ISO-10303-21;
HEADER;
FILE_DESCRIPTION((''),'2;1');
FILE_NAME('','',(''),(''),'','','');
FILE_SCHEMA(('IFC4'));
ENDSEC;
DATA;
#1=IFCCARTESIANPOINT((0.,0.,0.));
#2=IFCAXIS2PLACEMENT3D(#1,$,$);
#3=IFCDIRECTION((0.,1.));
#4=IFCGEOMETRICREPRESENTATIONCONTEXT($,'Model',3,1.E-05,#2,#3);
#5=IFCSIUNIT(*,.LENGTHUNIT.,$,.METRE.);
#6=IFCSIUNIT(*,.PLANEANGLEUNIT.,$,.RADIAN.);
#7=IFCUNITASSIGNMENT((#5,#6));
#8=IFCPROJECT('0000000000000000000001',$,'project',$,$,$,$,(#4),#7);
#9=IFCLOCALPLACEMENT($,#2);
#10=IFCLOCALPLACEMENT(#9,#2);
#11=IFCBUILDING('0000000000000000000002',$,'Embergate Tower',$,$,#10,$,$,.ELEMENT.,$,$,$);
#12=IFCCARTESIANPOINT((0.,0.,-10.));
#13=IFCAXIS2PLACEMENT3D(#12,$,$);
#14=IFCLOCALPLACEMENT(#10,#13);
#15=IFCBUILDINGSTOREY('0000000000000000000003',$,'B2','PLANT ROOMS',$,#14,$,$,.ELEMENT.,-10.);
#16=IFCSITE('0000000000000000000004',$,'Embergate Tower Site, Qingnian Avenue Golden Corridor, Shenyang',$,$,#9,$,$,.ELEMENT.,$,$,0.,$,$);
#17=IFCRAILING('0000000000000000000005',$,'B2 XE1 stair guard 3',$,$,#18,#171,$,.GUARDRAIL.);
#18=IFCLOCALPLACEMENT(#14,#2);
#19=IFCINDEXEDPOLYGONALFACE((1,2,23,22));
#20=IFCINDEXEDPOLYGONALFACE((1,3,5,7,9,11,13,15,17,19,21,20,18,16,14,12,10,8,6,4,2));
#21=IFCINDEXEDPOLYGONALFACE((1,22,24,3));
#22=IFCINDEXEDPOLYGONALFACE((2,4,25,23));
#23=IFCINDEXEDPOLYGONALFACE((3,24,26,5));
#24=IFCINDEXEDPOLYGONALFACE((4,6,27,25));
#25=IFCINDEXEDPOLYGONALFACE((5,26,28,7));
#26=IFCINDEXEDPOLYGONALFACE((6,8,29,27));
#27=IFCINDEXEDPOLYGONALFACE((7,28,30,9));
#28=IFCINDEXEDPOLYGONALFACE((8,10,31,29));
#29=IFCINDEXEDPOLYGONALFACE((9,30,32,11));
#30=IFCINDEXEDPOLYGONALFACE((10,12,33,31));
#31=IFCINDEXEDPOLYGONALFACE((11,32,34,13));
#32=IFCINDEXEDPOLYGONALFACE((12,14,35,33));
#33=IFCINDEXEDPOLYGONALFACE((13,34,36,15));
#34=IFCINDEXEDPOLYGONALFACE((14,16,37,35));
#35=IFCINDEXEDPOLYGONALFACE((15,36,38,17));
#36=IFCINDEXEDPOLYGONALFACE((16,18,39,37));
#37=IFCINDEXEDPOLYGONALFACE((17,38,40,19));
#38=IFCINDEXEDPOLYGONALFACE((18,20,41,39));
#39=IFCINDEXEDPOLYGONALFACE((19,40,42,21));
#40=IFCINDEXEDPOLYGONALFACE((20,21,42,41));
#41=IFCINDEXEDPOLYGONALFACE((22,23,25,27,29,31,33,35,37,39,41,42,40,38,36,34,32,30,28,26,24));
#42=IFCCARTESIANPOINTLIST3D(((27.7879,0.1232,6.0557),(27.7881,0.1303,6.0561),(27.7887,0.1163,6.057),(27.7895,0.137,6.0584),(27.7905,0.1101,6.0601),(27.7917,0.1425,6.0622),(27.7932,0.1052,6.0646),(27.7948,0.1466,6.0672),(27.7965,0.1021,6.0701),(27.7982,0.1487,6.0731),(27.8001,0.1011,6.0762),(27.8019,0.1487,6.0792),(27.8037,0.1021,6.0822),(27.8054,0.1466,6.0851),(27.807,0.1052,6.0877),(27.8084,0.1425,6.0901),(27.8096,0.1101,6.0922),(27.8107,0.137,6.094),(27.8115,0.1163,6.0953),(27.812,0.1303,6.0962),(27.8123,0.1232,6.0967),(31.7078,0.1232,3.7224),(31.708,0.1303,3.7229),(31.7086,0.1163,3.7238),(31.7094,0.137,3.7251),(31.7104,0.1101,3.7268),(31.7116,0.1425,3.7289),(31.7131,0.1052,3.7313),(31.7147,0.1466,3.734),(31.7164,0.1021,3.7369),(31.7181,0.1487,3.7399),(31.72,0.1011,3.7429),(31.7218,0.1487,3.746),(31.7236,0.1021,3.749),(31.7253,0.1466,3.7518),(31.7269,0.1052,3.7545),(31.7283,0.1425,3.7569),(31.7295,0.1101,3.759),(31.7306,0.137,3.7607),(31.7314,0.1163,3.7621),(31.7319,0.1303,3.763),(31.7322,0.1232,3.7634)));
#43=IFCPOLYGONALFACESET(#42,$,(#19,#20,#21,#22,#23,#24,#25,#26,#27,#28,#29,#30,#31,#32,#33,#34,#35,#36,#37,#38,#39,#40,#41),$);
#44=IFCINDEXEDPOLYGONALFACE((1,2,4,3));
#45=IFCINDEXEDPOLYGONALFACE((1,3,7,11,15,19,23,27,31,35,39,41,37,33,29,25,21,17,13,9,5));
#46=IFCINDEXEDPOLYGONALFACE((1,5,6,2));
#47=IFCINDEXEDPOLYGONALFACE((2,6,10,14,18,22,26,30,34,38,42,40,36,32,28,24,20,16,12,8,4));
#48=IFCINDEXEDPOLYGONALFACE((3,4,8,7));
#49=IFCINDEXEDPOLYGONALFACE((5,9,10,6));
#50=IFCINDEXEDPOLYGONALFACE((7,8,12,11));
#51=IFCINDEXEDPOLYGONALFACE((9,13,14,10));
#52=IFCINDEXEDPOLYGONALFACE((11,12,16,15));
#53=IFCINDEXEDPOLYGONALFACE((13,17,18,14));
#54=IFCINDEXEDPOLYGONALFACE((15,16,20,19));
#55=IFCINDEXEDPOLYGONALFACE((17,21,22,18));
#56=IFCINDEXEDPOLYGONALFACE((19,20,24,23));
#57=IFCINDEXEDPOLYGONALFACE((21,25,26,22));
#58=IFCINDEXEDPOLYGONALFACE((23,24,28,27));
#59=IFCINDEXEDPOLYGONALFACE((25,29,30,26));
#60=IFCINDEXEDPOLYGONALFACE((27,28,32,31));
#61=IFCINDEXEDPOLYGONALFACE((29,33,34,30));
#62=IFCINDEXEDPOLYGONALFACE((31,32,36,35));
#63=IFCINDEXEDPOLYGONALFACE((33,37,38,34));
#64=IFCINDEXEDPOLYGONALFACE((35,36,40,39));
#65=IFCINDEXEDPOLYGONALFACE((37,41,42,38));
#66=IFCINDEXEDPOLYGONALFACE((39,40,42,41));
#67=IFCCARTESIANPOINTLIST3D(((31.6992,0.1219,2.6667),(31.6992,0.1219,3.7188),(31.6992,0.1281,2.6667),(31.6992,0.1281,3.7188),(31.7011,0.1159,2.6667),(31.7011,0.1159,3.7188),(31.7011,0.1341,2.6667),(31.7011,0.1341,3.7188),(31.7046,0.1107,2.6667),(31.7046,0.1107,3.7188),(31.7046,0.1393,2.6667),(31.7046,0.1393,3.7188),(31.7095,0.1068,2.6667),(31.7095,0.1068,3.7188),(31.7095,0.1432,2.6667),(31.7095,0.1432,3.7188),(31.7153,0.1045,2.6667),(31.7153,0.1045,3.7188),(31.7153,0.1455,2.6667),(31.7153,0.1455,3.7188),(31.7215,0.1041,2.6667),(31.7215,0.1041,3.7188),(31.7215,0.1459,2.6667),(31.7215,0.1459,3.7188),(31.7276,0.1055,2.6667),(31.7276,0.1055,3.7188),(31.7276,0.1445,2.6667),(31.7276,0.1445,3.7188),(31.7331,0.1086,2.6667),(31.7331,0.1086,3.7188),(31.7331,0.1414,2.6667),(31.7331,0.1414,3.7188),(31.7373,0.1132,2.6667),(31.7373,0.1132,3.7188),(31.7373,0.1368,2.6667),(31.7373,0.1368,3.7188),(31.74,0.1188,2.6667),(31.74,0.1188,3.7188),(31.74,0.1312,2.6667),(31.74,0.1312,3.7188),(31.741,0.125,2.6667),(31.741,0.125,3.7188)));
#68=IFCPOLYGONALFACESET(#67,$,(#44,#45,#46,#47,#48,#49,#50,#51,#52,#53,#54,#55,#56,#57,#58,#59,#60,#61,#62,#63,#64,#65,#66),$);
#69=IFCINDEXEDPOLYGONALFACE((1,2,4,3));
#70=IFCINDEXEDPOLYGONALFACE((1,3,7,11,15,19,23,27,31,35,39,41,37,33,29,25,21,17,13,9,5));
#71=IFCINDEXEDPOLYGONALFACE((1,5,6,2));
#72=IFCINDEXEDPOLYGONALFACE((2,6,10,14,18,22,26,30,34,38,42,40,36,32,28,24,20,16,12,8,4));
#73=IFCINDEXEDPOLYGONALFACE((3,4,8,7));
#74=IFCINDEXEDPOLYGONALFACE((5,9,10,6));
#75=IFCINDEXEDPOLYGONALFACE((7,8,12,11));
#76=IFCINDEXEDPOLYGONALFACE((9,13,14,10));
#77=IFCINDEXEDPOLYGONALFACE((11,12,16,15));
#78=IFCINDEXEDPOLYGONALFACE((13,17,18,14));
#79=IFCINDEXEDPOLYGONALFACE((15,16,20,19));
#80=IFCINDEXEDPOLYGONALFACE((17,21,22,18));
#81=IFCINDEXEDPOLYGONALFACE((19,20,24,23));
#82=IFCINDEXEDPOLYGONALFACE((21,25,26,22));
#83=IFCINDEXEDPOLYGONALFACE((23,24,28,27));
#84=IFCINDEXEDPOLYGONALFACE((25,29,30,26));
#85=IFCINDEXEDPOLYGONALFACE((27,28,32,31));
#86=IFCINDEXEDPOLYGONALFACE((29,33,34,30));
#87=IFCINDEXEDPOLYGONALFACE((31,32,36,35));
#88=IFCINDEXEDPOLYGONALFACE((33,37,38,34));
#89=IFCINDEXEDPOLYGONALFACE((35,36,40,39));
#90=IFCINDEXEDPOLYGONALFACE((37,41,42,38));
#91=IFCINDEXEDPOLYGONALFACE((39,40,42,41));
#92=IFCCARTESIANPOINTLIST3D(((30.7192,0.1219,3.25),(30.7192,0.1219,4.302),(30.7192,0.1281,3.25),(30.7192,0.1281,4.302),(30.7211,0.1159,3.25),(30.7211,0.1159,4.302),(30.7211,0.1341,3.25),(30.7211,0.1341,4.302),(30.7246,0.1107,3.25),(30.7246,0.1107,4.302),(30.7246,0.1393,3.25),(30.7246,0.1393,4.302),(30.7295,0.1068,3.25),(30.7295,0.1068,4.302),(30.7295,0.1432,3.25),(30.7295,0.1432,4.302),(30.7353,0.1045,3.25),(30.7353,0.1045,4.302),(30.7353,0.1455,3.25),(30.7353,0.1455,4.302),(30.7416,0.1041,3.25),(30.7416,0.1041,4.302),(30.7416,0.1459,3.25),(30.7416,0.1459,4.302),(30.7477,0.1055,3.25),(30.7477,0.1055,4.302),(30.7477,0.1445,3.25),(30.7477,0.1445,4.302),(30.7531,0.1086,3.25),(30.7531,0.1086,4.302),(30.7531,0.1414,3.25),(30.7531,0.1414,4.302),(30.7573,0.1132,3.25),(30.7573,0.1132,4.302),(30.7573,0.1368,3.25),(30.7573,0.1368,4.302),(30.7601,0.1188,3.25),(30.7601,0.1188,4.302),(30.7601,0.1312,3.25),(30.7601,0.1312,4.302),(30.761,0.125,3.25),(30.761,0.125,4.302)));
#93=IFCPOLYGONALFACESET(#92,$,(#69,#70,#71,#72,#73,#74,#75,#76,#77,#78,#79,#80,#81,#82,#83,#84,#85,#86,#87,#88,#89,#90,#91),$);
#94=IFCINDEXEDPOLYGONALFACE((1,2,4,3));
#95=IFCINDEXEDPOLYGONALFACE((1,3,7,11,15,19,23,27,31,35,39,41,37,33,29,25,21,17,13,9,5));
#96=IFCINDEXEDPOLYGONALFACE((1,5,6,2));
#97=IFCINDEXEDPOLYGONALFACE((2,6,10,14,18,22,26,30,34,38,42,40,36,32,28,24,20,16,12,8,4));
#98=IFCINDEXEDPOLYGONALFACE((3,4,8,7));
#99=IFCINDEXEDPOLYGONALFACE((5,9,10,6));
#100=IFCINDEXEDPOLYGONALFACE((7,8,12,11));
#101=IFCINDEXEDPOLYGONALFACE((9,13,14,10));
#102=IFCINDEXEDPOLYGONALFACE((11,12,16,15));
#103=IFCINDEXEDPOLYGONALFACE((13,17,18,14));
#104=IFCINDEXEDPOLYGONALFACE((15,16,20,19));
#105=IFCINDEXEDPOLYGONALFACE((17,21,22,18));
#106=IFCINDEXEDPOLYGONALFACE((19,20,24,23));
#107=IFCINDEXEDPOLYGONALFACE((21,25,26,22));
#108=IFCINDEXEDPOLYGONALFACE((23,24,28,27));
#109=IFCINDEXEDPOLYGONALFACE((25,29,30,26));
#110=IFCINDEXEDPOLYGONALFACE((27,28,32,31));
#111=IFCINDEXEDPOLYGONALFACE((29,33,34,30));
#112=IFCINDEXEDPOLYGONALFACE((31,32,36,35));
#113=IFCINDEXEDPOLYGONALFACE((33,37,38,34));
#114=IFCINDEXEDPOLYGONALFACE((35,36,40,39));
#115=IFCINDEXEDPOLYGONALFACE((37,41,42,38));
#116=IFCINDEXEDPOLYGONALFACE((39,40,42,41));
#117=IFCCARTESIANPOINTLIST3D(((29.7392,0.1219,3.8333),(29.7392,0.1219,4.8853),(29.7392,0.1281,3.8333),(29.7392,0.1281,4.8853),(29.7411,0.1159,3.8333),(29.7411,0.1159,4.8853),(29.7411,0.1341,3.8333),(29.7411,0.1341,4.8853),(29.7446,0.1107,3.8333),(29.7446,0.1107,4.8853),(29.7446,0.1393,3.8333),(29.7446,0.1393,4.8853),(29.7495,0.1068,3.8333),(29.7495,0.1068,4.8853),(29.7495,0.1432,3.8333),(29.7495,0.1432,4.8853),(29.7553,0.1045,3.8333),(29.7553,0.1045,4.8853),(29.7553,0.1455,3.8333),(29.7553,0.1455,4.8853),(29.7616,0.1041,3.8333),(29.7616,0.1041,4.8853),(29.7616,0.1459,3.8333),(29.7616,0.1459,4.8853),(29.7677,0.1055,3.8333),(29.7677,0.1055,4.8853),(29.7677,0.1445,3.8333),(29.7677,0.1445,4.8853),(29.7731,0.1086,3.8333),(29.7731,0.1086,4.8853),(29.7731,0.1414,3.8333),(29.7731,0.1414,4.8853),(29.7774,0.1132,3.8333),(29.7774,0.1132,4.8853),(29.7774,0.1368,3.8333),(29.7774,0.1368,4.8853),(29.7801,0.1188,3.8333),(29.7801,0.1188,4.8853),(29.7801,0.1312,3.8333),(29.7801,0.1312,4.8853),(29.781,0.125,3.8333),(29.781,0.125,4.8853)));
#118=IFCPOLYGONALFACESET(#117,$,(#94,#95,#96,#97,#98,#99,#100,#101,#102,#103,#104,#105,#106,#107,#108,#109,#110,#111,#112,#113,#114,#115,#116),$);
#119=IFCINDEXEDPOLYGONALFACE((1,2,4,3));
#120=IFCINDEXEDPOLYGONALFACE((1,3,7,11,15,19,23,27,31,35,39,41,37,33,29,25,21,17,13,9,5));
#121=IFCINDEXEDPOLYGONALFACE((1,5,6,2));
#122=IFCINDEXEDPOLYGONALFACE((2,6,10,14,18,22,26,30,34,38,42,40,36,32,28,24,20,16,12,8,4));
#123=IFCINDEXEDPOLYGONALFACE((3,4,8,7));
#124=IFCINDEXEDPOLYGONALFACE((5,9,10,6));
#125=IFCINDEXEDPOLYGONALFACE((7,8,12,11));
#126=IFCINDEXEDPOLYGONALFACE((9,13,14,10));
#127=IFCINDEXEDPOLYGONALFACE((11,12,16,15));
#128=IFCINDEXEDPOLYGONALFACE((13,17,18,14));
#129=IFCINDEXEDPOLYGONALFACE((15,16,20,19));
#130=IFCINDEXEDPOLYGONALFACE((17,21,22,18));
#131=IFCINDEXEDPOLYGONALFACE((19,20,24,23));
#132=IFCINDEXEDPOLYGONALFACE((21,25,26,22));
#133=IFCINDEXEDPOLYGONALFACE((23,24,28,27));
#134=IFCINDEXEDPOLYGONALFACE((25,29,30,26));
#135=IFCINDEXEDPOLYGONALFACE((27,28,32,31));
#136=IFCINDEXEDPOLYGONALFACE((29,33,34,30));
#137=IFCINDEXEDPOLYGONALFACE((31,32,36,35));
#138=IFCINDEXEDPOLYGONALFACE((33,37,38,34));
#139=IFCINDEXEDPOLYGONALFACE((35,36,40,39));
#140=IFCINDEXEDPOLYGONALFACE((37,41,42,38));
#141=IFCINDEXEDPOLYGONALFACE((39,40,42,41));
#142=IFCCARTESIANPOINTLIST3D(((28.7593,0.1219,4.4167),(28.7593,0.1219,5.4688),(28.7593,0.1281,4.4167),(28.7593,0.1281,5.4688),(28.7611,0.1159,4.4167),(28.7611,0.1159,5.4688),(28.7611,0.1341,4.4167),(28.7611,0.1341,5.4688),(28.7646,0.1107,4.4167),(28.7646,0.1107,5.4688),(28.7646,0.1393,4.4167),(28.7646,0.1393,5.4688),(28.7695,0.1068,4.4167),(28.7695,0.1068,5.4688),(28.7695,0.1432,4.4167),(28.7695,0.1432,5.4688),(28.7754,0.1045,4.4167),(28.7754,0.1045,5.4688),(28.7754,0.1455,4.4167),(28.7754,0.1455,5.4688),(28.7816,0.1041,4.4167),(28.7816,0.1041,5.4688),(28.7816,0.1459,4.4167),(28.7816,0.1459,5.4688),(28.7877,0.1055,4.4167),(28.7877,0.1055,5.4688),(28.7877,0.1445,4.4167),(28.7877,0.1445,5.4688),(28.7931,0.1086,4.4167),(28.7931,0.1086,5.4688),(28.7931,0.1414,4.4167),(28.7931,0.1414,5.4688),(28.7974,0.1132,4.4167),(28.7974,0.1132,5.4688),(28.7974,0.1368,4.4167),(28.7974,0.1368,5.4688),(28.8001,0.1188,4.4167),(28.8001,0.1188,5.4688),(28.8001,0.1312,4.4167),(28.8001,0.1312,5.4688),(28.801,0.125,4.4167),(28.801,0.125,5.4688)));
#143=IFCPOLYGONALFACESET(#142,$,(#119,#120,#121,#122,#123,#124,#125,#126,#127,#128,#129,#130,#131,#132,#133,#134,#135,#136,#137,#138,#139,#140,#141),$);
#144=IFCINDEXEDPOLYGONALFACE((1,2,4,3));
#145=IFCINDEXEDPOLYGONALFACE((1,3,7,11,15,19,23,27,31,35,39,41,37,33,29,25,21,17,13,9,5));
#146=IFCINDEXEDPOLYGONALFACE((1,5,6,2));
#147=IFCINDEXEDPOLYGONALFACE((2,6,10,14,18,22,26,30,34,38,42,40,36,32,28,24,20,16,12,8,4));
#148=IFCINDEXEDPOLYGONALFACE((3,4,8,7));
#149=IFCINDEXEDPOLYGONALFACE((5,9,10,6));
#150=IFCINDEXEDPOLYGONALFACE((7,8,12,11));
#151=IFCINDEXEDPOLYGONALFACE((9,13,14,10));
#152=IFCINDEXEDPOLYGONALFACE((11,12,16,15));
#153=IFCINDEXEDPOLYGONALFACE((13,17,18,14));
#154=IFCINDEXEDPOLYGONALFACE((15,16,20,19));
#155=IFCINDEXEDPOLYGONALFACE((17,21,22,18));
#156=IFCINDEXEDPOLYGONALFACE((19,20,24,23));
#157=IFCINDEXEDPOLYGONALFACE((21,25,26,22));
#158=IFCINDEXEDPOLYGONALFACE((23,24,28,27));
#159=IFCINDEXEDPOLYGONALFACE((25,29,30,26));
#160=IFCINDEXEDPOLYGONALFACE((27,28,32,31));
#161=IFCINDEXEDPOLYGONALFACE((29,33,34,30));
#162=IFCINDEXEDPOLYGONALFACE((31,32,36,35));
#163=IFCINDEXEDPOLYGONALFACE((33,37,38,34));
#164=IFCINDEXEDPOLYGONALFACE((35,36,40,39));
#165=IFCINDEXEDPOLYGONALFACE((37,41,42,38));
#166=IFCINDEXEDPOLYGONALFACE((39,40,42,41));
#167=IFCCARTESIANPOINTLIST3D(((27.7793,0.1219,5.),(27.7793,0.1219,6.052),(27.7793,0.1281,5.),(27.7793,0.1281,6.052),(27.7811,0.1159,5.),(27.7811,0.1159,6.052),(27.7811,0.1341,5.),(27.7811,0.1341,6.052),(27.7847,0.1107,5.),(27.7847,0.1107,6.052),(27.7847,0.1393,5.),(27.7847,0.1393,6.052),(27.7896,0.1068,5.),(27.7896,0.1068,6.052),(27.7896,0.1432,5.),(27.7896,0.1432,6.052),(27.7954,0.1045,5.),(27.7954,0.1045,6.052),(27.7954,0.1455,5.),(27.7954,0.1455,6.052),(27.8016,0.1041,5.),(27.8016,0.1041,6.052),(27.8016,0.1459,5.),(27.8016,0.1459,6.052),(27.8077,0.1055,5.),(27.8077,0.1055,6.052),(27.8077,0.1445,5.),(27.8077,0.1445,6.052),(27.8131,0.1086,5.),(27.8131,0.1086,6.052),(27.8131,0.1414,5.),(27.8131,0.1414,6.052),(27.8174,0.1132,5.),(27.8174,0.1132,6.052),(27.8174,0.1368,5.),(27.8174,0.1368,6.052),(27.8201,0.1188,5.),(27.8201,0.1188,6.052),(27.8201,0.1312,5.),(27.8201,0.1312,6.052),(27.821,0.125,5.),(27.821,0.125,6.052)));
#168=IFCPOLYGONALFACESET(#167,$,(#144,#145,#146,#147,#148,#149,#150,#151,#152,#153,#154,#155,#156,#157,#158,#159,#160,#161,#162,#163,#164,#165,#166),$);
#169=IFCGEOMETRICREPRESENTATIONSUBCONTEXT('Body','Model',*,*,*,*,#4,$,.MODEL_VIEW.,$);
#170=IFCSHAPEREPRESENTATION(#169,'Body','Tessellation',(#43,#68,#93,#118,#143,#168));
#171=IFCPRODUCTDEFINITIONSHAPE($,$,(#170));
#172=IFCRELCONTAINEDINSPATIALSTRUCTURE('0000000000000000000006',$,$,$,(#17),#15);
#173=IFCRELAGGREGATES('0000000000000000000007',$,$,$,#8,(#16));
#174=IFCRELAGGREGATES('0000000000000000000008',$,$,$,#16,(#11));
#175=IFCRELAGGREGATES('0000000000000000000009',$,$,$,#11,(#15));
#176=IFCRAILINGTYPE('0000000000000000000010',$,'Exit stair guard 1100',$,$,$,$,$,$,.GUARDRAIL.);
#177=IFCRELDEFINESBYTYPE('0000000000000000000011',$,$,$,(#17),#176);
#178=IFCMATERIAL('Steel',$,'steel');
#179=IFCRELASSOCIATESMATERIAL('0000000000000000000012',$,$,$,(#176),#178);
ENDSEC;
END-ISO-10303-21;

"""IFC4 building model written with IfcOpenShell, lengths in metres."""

from ifc_helpers import new_model, si_unit, direction, frame, origin, origin_2d, place, context, subcontext, project, spatial, circle, extrude, source, transform, mapped, material, type_object, element, save


model = new_model("IFC4")

# Units and contexts
model_context = context("Model", 3, precision=1e-05, world=origin(), true_north=direction((0.0, 1.0)))
body_context = subcontext(model_context, "Body", "Model", "MODEL_VIEW")
ifc_project = project(units=[si_unit("LENGTHUNIT", "METRE"), si_unit("PLANEANGLEUNIT", "RADIAN")], contexts=[model_context])

# Site, building, storey
site_placement = place(None, origin())
site = spatial("IfcSite", under=ifc_project, at=site_placement, Name="Embergate Tower Site, Qingnian Avenue Golden Corridor, Shenyang", CompositionType="ELEMENT", RefElevation=0.0)
building_placement = place(site_placement, origin())
building = spatial("IfcBuilding", under=site, at=building_placement, Name="Embergate Tower", CompositionType="ELEMENT")
storey_placement = place(building_placement, frame((0.0, 0.0, -10.0)))
storey = spatial("IfcBuildingStorey", under=building, at=storey_placement, Name="B2", Description="PLANT ROOMS", CompositionType="ELEMENT", Elevation=-10.0)

# Railing
ifc_material_1 = material(Name="Steel", Category="steel")
railing_type_1 = type_object("IfcRailingType", Name="Exit stair guard 1100", PredefinedType="GUARDRAIL", material=ifc_material_1)
shared_shape_1 = source(origin(), body_context, "Body", "SweptSolid", [
    extrude(circle(Radius=0.0239, at=origin_2d()), frame((0.0, 0.0, 1.0762), z_axis=(-0.859296, 0.0, 0.511478), x_axis=(0.0, -1.0, 0.0)), (0.0, 0.0, 1.0), 4.5618),
    extrude(circle(Radius=0.021, at=origin_2d()), origin(), (0.0, 0.0, 1.0), 1.052),
    extrude(circle(Radius=0.021, at=origin_2d()), frame((-0.98, 0.0, 0.5833)), (0.0, 0.0, 1.0), 1.052),
    extrude(circle(Radius=0.021, at=origin_2d()), frame((-1.96, 0.0, 1.1665)), (0.0, 0.0, 1.0), 1.052),
    extrude(circle(Radius=0.021, at=origin_2d()), frame((-2.9399, 0.0, 1.75)), (0.0, 0.0, 1.0), 1.052),
    extrude(circle(Radius=0.021, at=origin_2d()), frame((-3.9199, 0.0, 2.3333)), (0.0, 0.0, 1.0), 1.052),
])
railing_1_placement = place(storey_placement, frame((31.72, 0.125, 2.6667)))
element("IfcRailing", 1, at=railing_1_placement, inside=storey, type_object=railing_type_1, Name="B2 XE1 stair guard 3", PredefinedType="GUARDRAIL", context=body_context, shape_type="MappedRepresentation", body=[
    mapped(shared_shape_1, transform((0.0, 0.0, 0.0))),
])

save(model, "model.ifc")
